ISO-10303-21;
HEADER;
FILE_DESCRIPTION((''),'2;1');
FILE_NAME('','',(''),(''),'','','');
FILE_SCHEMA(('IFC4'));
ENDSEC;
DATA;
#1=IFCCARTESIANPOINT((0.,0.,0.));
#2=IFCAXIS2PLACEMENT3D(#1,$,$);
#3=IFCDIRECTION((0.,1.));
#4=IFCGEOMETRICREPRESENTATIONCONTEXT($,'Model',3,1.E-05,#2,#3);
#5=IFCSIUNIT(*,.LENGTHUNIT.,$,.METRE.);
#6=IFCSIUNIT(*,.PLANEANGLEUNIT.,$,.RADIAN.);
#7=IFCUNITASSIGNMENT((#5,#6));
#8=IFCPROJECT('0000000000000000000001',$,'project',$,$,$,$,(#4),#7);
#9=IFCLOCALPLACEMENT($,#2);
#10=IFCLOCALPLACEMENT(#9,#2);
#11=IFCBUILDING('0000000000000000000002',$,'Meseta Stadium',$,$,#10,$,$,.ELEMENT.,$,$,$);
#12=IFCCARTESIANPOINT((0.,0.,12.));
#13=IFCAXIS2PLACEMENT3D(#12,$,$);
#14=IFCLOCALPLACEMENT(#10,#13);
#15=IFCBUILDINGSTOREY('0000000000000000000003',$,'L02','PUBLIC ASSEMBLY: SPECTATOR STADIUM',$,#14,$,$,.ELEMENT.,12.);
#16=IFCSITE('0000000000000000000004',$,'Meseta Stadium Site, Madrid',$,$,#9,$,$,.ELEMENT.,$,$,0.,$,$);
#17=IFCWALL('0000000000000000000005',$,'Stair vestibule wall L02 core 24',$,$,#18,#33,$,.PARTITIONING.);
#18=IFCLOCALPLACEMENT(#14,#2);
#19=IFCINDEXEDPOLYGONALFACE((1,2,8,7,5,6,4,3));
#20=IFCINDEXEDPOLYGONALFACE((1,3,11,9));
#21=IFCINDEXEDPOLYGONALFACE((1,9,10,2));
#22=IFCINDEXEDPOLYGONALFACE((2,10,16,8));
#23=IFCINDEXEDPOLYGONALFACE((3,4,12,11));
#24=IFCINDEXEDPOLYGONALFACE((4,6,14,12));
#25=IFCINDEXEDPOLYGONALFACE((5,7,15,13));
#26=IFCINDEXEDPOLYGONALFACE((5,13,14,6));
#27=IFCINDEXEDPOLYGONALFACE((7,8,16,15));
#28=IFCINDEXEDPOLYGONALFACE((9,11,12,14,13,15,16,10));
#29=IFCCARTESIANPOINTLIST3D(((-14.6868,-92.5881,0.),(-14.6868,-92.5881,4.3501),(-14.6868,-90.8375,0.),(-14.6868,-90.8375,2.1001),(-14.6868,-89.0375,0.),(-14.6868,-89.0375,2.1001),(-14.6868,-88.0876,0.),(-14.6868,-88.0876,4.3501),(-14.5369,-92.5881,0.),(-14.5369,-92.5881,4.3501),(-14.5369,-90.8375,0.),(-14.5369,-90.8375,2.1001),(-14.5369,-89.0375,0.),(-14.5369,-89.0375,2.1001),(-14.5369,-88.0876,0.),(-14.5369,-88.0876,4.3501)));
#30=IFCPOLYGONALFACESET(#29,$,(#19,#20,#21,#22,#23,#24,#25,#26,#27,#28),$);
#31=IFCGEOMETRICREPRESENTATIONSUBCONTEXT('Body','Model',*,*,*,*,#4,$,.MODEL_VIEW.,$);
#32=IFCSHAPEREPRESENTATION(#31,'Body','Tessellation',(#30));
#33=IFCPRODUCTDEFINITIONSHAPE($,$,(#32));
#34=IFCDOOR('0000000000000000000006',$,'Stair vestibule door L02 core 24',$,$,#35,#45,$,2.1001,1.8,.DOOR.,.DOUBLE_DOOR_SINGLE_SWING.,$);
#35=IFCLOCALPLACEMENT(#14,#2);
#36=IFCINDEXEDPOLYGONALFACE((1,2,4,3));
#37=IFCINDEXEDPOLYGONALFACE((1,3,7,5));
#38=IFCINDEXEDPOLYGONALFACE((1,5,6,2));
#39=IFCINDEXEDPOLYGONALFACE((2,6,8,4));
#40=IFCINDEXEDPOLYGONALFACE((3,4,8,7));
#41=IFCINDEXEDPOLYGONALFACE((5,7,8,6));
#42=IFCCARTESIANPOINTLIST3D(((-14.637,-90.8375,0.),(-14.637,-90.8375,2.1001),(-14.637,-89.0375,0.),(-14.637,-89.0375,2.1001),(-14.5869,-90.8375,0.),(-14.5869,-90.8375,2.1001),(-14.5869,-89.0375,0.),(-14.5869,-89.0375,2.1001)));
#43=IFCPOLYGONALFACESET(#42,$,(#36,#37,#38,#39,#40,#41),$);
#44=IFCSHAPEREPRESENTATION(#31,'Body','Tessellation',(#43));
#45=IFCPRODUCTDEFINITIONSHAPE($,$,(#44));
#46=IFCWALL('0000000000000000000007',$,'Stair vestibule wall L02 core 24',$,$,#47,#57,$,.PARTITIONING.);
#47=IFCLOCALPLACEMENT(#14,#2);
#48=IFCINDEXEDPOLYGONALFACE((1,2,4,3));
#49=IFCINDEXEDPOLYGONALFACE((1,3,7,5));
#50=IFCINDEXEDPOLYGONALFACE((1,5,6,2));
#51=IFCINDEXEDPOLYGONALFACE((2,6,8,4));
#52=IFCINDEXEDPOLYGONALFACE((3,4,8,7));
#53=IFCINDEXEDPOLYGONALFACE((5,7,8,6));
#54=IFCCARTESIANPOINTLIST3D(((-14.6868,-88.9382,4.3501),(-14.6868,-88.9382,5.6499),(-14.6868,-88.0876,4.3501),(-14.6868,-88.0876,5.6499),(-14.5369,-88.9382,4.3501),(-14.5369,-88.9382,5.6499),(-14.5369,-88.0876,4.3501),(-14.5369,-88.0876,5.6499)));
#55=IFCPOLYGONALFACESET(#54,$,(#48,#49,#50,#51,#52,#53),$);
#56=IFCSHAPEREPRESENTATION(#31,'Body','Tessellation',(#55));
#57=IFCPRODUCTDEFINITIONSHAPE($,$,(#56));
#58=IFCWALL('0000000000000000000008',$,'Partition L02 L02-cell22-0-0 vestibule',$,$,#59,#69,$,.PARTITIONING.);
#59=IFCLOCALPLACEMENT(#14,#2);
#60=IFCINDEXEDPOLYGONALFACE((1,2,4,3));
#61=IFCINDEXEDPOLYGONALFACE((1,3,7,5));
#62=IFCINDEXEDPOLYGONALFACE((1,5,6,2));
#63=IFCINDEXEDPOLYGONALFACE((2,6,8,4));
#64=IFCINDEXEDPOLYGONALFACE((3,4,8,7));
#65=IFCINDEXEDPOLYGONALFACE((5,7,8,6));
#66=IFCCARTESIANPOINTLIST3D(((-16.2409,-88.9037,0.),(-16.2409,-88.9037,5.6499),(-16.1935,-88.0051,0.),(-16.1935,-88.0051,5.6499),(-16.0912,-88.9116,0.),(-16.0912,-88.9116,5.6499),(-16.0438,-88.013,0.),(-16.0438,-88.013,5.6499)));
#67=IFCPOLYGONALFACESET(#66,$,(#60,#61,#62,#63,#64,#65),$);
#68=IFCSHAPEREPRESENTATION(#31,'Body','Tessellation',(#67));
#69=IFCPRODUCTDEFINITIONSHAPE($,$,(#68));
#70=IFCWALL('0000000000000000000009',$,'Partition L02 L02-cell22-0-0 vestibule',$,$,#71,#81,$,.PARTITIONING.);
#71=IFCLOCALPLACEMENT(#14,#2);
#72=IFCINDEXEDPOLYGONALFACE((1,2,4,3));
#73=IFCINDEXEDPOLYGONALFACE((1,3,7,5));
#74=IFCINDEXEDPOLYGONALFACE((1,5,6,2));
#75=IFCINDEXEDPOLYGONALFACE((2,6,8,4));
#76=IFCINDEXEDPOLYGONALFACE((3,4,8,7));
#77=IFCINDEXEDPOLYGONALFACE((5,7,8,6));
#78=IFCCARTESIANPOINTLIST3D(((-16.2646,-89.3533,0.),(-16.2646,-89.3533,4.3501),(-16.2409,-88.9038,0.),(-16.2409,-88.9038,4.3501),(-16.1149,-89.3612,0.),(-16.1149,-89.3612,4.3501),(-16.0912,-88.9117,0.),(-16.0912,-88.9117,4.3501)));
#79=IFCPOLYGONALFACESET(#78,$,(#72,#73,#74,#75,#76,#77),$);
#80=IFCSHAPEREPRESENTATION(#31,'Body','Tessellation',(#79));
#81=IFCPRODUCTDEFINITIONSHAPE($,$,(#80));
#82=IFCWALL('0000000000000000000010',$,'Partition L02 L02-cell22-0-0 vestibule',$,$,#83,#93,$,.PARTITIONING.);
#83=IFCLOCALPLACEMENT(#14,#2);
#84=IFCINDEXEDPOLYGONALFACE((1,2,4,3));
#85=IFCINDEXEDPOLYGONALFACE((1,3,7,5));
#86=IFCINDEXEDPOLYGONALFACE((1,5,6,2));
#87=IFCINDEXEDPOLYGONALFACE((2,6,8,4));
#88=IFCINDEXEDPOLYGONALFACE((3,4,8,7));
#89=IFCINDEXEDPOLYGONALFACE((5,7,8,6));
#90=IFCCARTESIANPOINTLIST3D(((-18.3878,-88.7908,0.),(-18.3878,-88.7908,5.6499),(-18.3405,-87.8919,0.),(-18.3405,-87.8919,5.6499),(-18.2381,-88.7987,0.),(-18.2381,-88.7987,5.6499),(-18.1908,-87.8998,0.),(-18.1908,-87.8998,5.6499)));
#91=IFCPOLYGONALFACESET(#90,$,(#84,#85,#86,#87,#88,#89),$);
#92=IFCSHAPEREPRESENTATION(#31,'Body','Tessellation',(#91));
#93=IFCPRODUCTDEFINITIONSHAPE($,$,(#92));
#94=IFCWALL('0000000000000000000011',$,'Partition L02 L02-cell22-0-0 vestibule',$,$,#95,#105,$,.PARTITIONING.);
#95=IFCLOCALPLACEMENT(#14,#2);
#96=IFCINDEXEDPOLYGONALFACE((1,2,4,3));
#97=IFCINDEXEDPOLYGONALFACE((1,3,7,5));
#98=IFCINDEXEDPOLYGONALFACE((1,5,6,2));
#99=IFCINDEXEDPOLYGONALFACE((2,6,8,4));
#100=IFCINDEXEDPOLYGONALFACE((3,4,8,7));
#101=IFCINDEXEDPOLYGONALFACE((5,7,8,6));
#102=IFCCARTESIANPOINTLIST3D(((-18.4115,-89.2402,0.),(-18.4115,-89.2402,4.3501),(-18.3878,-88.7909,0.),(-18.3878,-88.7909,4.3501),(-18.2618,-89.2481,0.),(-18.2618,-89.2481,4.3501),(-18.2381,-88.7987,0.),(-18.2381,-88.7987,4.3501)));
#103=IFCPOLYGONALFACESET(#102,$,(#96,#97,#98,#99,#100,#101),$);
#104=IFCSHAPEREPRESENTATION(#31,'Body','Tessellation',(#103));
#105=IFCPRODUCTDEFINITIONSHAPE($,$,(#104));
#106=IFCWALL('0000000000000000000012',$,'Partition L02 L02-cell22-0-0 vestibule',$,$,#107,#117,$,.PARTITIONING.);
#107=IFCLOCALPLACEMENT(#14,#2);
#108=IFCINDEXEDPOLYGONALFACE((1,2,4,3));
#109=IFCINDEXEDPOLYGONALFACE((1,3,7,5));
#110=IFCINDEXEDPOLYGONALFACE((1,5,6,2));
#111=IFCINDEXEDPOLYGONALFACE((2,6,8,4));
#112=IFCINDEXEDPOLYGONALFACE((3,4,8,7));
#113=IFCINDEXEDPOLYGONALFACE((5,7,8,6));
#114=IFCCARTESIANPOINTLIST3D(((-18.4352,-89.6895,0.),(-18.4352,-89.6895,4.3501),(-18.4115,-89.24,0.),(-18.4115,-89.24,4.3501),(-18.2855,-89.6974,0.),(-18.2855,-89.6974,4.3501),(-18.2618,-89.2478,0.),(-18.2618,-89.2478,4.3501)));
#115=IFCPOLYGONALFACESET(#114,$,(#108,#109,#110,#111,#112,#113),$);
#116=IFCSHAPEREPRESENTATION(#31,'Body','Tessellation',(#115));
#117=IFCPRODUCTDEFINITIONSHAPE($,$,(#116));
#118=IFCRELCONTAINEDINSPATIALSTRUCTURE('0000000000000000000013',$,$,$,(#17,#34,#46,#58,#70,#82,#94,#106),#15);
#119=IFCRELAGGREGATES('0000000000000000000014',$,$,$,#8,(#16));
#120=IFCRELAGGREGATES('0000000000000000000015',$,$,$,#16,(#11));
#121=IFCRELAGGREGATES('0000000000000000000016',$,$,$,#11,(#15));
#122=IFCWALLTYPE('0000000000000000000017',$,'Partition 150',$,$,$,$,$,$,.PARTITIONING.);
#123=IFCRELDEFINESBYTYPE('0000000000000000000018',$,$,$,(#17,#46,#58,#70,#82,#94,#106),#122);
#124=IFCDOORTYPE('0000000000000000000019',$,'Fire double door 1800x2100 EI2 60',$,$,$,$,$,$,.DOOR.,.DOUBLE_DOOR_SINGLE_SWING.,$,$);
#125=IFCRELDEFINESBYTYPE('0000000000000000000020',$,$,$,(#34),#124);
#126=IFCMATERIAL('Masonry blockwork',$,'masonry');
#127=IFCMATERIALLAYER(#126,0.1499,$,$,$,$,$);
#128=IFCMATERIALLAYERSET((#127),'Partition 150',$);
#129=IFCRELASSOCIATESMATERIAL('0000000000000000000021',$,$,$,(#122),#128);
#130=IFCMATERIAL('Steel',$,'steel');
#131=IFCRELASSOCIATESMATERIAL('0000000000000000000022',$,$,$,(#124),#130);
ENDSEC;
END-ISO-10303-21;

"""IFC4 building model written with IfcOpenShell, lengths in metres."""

from ifc_helpers import new_model, si_unit, direction, frame, frame_2d, origin, place, context, subcontext, project, spatial, rectangle, extrude, material, layer, layer_set, type_object, element, fill, save


model = new_model("IFC4")

# Units and contexts
model_context = context("Model", 3, precision=1e-05, world=origin(), true_north=direction((0.0, 1.0)))
body_context = subcontext(model_context, "Body", "Model", "MODEL_VIEW")
ifc_project = project(units=[si_unit("LENGTHUNIT", "METRE"), si_unit("PLANEANGLEUNIT", "RADIAN")], contexts=[model_context])

# Site, building, storey
site_placement = place(None, origin())
site = spatial("IfcSite", under=ifc_project, at=site_placement, Name="Meseta Stadium Site, Madrid", CompositionType="ELEMENT", RefElevation=0.0)
building_placement = place(site_placement, origin())
building = spatial("IfcBuilding", under=site, at=building_placement, Name="Meseta Stadium", CompositionType="ELEMENT")
storey_placement = place(building_placement, frame((0.0, 0.0, 12.0)))
storey = spatial("IfcBuildingStorey", under=building, at=storey_placement, Name="L02", Description="PUBLIC ASSEMBLY: SPECTATOR STADIUM", CompositionType="ELEMENT", Elevation=12.0)

# Shared definitions
ifc_material_1 = material(Name="Masonry blockwork", Category="masonry")
ifc_layer_1 = layer(ifc_material_1, 0.1499)
ifc_layer_set_1 = layer_set([ifc_layer_1], Name="Partition 150")
wall_type = type_object("IfcWallType", Name="Partition 150", PredefinedType="PARTITIONING", material=ifc_layer_set_1)

# Wall, opening, door
wall_1_placement = place(storey_placement, frame((-14.6118, -88.0876, 0.0), z_axis=(0.0, 0.0, 1.0), x_axis=(0.0, -1.0, 0.0)))
wall_1 = element("IfcWall", 1, at=wall_1_placement, inside=storey, type_object=wall_type, Name="Stair vestibule wall L02 core 24", PredefinedType="PARTITIONING", context=body_context, shape_type="SweptSolid", body=[
    extrude(rectangle(XDim=4.5005, YDim=0.1499, at=frame_2d((2.2502, 0.0))), origin(), (0.0, 0.0, 1.0), 4.3501),
])
opening_1_placement = place(wall_1_placement, frame((0.95, 0.0, 0.0)))
opening_1 = element("IfcOpeningElement", 2, at=opening_1_placement, cuts=wall_1, PredefinedType="OPENING", context=body_context, shape_type="SweptSolid", body=[
    extrude(rectangle(XDim=1.8, YDim=2.1001, at=frame_2d((0.8999, 1.05))), frame((0.0, 0.085, 0.0), z_axis=(0.0, -1.0, 0.0), x_axis=(1.0, 0.0, 0.0)), (0.0, 0.0, 1.0), 0.1699),
])
ifc_material_2 = material(Name="Steel", Category="steel")
door_type_1 = type_object("IfcDoorType", Name="Fire double door 1800x2100 EI2 60", OperationType="DOUBLE_DOOR_SINGLE_SWING", PredefinedType="DOOR", material=ifc_material_2)
door_1_placement = place(opening_1_placement, origin())
door_1 = element("IfcDoor", 3, at=door_1_placement, inside=storey, type_object=door_type_1, Name="Stair vestibule door L02 core 24", OperationType="DOUBLE_DOOR_SINGLE_SWING", OverallHeight=2.1001, OverallWidth=1.8, PredefinedType="DOOR", context=body_context, shape_type="SweptSolid", body=[
    extrude(rectangle(XDim=1.8, YDim=2.1001, at=frame_2d((0.8999, 1.05))), frame((0.0, 0.0249, 0.0), z_axis=(0.0, -1.0, 0.0), x_axis=(1.0, 0.0, 0.0)), (0.0, 0.0, 1.0), 0.05),
])
fill(opening_1, door_1)

# Walls
wall_2_placement = place(storey_placement, frame((-14.6118, -88.0876, 4.3501), z_axis=(0.0, 0.0, 1.0), x_axis=(0.0, -1.0, 0.0)))
element("IfcWall", 4, at=wall_2_placement, inside=storey, type_object=wall_type, Name="Stair vestibule wall L02 core 24", PredefinedType="PARTITIONING", context=body_context, shape_type="SweptSolid", body=[
    extrude(rectangle(XDim=0.8506, YDim=0.1499, at=frame_2d((0.4253, 0.0))), origin(), (0.0, 0.0, 1.0), 1.2998),
])
wall_3_placement = place(storey_placement, frame((-16.1187, -88.009, 0.0), z_axis=(0.0, 0.0, 1.0), x_axis=(-0.05263, -0.998614, 0.0)))
element("IfcWall", 5, at=wall_3_placement, inside=storey, type_object=wall_type, Name="Partition L02 L02-cell22-0-0 vestibule", PredefinedType="PARTITIONING", context=body_context, shape_type="SweptSolid", body=[
    extrude(rectangle(XDim=0.8999, YDim=0.1499, at=frame_2d((0.45, 0.0))), origin(), (0.0, 0.0, 1.0), 5.6499),
])
wall_4_placement = place(storey_placement, frame((-16.166, -88.9077, 0.0), z_axis=(0.0, 0.0, 1.0), x_axis=(-0.052616, -0.998615, 0.0)))
element("IfcWall", 6, at=wall_4_placement, inside=storey, type_object=wall_type, Name="Partition L02 L02-cell22-0-0 vestibule", PredefinedType="PARTITIONING", context=body_context, shape_type="SweptSolid", body=[
    extrude(rectangle(XDim=0.4502, YDim=0.1499, at=frame_2d((0.2251, 0.0))), origin(), (0.0, 0.0, 1.0), 4.3501),
])
wall_5_placement = place(storey_placement, frame((-18.2656, -87.8958, 0.0), z_axis=(0.0, 0.0, 1.0), x_axis=(-0.052616, -0.998615, 0.0)))
element("IfcWall", 7, at=wall_5_placement, inside=storey, type_object=wall_type, Name="Partition L02 L02-cell22-0-0 vestibule", PredefinedType="PARTITIONING", context=body_context, shape_type="SweptSolid", body=[
    extrude(rectangle(XDim=0.9001, YDim=0.1499, at=frame_2d((0.4502, 0.0))), origin(), (0.0, 0.0, 1.0), 5.6499),
])
wall_6_placement = place(storey_placement, frame((-18.313, -88.7947, 0.0), z_axis=(0.0, 0.0, 1.0), x_axis=(-0.052644, -0.998613, 0.0)))
element("IfcWall", 8, at=wall_6_placement, inside=storey, type_object=wall_type, Name="Partition L02 L02-cell22-0-0 vestibule", PredefinedType="PARTITIONING", context=body_context, shape_type="SweptSolid", body=[
    extrude(rectangle(XDim=0.45, YDim=0.1499, at=frame_2d((0.2251, 0.0))), origin(), (0.0, 0.0, 1.0), 4.3501),
])
wall_7_placement = place(storey_placement, frame((-18.3367, -89.2439, 0.0), z_axis=(0.0, 0.0, 1.0), x_axis=(-0.052616, -0.998615, 0.0)))
element("IfcWall", 9, at=wall_7_placement, inside=storey, type_object=wall_type, Name="Partition L02 L02-cell22-0-0 vestibule", PredefinedType="PARTITIONING", context=body_context, shape_type="SweptSolid", body=[
    extrude(rectangle(XDim=0.4502, YDim=0.1499, at=frame_2d((0.2251, 0.0))), origin(), (0.0, 0.0, 1.0), 4.3501),
])

save(model, "model.ifc")
